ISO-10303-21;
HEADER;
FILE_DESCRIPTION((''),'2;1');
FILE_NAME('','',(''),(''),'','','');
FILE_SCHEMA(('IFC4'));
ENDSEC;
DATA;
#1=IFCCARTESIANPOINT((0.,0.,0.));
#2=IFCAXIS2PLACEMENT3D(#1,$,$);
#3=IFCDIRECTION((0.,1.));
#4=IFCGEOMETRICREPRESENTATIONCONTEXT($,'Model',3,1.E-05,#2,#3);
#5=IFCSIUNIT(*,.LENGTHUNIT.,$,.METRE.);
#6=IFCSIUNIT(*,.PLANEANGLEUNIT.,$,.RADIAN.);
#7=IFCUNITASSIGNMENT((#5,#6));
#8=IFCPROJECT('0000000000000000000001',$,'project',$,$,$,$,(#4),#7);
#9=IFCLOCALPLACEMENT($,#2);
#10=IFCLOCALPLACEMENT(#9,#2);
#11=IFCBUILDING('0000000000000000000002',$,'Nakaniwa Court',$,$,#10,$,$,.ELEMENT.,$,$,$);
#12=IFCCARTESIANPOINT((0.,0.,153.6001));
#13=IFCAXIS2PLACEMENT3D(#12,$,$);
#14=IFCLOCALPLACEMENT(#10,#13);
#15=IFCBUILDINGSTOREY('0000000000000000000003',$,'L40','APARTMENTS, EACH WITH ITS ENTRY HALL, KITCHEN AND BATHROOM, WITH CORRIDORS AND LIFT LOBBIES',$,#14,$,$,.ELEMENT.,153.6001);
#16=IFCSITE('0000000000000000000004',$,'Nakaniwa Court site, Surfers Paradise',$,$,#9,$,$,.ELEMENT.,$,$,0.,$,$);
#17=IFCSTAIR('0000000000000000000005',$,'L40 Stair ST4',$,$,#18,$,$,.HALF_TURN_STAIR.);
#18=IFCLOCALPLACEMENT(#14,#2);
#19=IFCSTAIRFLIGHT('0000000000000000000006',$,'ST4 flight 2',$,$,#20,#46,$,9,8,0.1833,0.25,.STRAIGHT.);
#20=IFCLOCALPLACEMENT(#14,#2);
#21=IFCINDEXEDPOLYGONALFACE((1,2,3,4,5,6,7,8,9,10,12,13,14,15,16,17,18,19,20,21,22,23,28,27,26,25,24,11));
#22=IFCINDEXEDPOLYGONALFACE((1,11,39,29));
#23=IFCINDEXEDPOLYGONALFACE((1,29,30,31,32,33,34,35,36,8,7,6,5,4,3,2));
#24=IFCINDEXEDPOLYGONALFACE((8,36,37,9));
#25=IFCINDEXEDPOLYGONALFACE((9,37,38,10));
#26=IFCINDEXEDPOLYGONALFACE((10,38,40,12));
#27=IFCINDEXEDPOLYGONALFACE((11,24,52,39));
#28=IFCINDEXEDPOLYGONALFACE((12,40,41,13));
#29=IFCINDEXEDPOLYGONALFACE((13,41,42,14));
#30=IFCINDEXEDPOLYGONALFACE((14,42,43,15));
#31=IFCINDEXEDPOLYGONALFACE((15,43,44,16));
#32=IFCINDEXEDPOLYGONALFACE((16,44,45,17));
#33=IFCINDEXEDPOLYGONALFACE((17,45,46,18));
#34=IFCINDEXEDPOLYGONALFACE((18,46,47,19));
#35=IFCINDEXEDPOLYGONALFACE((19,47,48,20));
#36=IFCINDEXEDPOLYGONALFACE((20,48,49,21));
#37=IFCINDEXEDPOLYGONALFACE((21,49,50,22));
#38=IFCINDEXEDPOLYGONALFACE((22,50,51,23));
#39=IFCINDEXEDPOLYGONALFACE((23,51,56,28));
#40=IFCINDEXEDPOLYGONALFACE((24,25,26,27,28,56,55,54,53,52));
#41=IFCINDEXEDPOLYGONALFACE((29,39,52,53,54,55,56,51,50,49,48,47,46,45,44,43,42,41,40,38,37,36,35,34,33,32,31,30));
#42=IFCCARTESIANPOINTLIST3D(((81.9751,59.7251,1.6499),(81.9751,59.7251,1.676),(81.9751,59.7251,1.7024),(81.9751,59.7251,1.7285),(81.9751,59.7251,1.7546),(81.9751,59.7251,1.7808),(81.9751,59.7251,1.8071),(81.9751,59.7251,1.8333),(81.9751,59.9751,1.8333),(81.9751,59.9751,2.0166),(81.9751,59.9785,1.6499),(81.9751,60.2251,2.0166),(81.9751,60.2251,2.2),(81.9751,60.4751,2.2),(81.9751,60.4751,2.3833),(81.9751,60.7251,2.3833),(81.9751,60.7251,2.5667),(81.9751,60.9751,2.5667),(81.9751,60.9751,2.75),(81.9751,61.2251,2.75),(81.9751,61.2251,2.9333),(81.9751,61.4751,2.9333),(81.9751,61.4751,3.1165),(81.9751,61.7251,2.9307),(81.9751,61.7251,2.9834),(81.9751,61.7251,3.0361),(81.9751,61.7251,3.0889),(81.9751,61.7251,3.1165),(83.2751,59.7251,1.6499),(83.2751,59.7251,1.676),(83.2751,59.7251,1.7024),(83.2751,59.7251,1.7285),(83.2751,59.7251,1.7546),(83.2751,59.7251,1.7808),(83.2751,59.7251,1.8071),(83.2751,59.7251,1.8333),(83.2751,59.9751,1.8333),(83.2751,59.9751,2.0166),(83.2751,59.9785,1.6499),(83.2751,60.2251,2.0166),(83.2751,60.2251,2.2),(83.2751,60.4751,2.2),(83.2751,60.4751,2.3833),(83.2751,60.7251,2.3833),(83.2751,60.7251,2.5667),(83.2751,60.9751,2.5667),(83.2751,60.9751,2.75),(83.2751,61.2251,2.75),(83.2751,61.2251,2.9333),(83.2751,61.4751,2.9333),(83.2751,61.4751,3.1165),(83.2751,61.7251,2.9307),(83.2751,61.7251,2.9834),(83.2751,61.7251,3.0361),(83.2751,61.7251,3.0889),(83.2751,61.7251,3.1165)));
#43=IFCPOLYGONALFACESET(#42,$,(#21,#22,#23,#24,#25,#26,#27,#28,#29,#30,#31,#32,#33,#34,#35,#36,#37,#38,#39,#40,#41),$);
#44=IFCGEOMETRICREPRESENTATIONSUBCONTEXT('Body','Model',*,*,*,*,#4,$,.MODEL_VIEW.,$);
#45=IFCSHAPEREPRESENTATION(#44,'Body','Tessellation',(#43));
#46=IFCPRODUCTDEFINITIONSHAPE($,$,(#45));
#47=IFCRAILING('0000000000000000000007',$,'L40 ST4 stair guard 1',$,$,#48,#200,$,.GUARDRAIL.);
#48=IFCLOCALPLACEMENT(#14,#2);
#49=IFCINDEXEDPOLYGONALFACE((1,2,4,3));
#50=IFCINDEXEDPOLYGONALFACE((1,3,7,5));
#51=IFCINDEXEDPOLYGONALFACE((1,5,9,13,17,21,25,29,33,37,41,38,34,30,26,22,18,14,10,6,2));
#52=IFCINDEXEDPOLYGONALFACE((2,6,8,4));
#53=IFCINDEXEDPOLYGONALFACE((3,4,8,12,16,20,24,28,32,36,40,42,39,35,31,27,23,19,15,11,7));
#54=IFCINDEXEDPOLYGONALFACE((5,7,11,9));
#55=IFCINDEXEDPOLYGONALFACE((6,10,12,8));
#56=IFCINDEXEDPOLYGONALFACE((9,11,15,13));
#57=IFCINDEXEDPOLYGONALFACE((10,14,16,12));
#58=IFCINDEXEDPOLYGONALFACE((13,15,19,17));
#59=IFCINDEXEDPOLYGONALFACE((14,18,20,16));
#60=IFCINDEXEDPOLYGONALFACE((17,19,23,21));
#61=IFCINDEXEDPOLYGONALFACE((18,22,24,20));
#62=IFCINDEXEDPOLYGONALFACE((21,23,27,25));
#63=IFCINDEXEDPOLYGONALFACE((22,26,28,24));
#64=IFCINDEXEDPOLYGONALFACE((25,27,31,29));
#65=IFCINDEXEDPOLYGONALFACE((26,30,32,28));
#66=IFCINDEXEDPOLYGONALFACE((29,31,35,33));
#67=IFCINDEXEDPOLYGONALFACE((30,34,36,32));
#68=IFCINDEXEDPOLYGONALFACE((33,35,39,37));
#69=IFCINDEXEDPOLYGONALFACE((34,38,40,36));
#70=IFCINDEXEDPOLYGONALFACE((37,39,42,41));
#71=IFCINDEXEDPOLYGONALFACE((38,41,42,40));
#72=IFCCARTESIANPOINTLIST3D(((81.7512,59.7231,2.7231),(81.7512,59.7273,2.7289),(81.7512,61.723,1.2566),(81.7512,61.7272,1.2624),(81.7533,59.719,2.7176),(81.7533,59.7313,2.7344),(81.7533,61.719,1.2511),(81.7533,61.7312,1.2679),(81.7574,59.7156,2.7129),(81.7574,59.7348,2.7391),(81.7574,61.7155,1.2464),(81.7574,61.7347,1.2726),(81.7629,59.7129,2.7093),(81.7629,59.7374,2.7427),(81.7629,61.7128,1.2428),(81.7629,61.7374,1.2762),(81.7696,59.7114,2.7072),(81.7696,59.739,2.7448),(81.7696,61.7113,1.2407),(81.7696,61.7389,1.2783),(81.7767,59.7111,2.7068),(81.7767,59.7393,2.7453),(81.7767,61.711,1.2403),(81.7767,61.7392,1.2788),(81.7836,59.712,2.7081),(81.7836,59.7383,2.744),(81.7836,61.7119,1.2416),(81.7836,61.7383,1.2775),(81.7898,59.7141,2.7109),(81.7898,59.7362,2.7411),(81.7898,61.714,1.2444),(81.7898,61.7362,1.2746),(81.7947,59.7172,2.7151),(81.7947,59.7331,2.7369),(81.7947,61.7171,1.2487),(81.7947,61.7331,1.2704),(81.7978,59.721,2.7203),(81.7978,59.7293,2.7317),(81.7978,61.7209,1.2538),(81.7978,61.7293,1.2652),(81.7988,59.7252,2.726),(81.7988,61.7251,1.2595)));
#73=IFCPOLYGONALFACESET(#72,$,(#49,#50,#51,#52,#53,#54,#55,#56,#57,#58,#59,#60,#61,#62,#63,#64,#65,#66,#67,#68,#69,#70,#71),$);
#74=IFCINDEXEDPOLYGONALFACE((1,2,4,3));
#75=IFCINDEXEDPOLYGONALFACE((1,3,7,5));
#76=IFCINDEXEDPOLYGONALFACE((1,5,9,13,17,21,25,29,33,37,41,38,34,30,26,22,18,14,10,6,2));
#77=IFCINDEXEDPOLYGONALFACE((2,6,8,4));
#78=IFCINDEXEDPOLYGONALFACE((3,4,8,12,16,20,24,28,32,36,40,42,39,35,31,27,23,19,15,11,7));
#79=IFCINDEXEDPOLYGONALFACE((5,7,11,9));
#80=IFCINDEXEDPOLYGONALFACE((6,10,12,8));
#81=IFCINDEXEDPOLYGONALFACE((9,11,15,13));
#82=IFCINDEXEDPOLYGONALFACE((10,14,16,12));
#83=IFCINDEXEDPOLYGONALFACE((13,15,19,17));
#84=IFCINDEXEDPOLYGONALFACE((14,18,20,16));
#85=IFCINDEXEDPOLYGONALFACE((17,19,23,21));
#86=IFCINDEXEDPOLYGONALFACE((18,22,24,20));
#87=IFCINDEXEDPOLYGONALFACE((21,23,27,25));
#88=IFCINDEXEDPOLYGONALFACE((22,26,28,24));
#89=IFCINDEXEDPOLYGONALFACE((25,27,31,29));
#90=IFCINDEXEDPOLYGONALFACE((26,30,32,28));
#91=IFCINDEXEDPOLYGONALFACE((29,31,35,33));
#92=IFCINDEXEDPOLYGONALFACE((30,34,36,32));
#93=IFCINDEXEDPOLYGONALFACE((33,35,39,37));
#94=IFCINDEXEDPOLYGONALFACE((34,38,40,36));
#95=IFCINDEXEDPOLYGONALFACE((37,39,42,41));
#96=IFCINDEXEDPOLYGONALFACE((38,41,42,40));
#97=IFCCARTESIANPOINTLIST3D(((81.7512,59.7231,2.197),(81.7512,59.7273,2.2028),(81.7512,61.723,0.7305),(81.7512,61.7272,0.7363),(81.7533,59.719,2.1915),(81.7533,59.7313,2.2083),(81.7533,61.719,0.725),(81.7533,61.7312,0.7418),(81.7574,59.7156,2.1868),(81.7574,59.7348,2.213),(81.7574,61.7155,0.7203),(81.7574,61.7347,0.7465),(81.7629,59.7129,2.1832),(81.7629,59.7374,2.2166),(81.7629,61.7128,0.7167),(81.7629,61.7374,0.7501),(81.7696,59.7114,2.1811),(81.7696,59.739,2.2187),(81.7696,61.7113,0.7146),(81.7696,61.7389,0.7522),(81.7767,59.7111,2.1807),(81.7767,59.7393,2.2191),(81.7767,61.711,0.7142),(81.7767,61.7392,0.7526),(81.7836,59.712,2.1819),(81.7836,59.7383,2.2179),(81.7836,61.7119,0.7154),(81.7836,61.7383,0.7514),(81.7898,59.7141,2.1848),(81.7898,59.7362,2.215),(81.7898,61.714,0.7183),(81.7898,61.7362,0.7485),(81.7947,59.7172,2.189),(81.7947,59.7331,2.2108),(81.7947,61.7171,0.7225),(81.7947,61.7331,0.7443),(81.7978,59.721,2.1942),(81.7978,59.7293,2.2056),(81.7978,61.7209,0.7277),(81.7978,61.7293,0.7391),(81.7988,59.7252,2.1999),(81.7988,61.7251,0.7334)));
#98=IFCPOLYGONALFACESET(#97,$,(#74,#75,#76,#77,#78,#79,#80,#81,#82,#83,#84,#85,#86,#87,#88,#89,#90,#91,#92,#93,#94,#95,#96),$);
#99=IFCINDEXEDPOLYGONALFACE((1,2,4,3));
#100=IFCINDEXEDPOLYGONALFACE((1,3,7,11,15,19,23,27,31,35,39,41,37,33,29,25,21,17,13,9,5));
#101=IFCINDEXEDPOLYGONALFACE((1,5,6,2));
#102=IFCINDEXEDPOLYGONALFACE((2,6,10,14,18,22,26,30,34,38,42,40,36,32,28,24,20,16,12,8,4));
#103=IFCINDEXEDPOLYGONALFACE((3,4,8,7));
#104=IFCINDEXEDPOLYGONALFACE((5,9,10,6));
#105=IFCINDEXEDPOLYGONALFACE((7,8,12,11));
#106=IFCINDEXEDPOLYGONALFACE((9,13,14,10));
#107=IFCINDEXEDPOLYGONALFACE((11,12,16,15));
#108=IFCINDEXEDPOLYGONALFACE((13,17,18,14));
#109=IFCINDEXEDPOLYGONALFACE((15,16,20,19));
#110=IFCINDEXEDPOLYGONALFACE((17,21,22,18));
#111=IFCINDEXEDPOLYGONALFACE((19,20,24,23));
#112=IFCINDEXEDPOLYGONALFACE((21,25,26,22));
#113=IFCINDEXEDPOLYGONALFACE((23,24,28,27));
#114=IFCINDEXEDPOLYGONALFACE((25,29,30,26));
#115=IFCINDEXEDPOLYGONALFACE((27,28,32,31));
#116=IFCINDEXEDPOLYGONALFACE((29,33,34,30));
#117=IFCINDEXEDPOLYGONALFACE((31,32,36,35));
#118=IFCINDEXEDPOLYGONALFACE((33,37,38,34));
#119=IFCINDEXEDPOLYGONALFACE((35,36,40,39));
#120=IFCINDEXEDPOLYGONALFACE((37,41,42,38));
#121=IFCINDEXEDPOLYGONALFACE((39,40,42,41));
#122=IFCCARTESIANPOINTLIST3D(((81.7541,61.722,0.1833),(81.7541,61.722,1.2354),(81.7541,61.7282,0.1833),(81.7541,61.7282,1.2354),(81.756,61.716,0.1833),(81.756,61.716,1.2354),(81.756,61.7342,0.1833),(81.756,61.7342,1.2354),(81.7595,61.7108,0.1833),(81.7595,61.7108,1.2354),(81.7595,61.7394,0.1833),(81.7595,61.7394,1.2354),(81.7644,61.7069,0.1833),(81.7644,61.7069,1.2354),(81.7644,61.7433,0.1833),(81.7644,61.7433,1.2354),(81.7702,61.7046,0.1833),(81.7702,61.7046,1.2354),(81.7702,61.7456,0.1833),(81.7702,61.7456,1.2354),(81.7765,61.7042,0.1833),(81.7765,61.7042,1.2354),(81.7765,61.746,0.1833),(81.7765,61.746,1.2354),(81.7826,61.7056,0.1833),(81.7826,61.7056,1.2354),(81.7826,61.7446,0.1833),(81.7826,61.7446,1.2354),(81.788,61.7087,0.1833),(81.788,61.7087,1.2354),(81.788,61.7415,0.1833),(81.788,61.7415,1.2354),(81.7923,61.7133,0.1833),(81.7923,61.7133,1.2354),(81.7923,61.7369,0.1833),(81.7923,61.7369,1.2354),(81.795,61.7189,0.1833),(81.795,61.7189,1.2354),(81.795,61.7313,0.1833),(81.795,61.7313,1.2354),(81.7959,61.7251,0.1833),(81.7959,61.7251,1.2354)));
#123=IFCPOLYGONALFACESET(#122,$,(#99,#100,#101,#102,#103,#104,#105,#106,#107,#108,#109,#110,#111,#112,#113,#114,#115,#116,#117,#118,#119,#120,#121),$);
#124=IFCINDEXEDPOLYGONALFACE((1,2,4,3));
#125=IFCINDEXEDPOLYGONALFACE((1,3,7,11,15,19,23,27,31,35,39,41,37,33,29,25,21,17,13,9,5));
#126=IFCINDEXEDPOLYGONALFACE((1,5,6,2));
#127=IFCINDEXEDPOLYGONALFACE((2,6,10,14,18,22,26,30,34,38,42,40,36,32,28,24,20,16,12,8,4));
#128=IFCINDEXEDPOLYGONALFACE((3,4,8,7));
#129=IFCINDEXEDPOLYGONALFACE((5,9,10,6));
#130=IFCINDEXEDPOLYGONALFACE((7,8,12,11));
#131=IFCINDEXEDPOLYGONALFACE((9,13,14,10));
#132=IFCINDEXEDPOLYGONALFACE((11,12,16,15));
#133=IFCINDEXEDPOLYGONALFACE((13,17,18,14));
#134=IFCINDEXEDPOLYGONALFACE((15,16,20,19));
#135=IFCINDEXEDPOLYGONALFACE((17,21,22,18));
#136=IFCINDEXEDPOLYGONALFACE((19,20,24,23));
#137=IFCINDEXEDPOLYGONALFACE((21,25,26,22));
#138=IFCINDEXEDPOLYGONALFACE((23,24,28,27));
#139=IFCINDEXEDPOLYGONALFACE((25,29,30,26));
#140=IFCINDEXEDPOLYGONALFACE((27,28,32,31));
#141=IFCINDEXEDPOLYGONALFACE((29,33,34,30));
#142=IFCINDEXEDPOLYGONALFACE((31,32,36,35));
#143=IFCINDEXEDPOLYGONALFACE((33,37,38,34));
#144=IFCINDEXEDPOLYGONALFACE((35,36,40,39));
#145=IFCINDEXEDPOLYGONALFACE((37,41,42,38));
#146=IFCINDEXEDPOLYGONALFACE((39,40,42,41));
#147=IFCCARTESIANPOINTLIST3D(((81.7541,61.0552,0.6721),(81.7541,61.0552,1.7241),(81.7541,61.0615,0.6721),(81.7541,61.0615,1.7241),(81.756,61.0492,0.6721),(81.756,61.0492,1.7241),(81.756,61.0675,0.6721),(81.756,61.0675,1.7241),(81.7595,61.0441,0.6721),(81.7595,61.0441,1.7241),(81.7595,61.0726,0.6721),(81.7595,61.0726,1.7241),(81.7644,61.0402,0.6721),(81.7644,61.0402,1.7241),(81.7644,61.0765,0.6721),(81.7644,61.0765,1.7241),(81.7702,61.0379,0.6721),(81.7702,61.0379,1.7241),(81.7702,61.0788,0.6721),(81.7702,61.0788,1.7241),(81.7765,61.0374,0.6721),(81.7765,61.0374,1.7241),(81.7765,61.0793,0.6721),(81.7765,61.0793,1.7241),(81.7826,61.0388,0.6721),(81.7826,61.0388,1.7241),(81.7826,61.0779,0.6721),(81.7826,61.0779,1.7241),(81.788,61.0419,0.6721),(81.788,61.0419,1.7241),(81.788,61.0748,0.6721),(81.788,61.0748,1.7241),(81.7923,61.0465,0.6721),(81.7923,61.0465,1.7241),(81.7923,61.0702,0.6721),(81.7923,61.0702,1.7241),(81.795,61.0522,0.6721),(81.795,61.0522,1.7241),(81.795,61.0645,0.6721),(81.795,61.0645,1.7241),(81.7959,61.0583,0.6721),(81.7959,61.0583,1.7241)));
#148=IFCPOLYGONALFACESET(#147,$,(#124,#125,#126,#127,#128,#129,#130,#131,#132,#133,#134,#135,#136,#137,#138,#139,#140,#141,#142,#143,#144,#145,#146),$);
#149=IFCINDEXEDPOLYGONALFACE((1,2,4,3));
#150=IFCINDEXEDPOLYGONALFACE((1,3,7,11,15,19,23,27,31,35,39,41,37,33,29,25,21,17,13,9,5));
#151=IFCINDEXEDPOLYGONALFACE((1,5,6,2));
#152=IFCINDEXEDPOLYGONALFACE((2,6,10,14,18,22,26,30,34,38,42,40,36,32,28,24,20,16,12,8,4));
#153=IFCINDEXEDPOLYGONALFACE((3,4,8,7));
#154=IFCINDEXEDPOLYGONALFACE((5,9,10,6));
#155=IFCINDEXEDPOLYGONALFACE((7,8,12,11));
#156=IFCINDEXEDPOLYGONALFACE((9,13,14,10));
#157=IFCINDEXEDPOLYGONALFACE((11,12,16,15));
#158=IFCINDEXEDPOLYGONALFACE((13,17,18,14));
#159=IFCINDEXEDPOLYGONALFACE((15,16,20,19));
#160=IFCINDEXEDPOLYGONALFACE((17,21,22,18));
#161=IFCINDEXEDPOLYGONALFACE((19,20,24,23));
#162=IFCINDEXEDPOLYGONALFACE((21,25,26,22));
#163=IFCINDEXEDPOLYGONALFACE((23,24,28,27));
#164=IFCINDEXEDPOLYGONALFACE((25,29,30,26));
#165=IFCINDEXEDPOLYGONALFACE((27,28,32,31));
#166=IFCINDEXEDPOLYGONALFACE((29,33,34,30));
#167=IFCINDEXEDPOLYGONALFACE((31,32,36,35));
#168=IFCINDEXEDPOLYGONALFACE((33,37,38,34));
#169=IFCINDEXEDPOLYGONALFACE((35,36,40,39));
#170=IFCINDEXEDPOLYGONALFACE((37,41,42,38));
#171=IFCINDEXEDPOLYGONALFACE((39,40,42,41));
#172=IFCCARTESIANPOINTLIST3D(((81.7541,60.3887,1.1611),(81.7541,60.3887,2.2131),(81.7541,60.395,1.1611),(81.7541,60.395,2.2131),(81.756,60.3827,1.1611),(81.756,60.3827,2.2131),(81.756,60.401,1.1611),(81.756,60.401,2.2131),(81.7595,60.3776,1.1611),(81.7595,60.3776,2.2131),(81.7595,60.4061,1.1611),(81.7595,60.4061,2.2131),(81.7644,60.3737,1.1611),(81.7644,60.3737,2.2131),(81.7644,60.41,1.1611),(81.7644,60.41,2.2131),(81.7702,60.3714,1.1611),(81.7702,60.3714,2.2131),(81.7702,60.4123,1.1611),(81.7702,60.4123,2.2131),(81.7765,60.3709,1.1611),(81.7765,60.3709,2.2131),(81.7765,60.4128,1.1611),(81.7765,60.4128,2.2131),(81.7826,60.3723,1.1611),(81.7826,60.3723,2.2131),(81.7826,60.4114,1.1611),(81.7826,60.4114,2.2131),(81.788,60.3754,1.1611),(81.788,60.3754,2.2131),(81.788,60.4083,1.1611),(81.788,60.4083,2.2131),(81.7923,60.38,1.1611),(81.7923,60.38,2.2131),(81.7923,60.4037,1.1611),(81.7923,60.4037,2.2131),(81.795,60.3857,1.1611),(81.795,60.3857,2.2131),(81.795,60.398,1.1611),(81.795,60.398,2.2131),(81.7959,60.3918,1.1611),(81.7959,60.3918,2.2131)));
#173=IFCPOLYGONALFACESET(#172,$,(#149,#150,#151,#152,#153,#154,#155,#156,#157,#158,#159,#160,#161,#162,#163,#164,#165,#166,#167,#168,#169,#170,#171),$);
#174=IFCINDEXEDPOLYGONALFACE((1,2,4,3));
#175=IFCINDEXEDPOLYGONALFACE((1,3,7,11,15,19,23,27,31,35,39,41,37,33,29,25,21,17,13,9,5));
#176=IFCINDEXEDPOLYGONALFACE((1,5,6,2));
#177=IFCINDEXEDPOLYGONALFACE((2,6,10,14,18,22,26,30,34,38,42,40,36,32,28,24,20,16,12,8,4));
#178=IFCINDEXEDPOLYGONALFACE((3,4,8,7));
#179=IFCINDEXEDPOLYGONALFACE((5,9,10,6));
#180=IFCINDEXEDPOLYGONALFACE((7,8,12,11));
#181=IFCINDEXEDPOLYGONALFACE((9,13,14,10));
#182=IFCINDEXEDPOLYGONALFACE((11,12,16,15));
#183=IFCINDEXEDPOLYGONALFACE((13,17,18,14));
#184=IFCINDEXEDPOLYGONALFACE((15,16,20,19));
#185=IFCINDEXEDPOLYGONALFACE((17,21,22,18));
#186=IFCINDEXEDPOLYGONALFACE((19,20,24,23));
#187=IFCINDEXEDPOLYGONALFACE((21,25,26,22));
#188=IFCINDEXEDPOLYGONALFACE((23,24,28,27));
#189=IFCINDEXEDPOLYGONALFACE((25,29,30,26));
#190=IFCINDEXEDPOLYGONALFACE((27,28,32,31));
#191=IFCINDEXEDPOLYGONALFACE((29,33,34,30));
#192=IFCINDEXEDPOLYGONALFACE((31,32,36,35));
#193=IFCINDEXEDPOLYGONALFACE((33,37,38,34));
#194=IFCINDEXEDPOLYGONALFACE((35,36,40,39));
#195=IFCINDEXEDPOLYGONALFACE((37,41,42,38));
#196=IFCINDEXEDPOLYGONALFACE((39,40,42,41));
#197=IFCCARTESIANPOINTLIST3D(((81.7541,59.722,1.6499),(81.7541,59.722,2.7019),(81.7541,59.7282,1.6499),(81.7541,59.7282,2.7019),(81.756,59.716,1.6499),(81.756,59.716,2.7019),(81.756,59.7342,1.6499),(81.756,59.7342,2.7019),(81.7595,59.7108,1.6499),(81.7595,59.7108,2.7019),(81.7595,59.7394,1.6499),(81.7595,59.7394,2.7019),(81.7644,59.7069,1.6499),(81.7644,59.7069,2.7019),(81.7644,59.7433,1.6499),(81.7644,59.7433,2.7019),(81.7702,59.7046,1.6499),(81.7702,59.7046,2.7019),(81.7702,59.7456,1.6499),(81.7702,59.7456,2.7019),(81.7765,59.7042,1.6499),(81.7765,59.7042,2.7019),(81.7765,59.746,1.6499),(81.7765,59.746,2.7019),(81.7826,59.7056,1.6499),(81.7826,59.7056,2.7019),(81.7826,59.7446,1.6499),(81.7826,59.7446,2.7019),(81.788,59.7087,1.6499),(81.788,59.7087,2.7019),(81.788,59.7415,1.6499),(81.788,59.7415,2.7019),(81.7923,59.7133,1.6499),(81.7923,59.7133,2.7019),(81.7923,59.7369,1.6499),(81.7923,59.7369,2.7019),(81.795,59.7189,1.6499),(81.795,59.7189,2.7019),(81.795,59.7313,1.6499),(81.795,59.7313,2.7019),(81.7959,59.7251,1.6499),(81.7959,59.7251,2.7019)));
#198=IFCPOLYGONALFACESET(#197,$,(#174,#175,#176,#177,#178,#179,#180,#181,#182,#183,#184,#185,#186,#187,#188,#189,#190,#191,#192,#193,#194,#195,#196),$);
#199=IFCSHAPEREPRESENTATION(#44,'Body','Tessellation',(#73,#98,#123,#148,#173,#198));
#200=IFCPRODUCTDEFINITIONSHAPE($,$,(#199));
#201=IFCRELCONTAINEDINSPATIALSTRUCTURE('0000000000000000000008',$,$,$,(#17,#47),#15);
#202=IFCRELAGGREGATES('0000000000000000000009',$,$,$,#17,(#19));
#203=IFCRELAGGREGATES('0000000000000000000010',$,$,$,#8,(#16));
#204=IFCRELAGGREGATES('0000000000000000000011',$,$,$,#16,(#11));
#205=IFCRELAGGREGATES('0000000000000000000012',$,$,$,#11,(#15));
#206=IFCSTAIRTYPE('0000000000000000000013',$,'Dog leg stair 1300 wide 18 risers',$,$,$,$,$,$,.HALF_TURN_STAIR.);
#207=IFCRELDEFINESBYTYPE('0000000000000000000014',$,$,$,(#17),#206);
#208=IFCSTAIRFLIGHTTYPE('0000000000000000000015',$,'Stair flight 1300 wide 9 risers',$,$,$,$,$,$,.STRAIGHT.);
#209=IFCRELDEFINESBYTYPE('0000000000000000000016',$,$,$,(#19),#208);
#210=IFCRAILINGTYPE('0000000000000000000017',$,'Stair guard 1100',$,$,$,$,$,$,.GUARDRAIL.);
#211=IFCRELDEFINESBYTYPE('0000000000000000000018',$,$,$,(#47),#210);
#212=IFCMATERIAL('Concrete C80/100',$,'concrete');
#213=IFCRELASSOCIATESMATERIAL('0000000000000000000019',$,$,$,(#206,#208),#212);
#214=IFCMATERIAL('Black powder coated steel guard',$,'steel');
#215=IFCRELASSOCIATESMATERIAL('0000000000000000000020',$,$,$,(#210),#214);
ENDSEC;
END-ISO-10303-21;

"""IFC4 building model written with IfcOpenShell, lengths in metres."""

from ifc_helpers import new_model, si_unit, direction, frame, origin, origin_2d, place, context, subcontext, project, spatial, polyline, circle, outline, extrude, material, type_object, element, aggregate, save


model = new_model("IFC4")

# Units and contexts
model_context = context("Model", 3, precision=1e-05, world=origin(), true_north=direction((0.0, 1.0)))
body_context = subcontext(model_context, "Body", "Model", "MODEL_VIEW")
ifc_project = project(units=[si_unit("LENGTHUNIT", "METRE"), si_unit("PLANEANGLEUNIT", "RADIAN")], contexts=[model_context])

# Site, building, storey
site_placement = place(None, origin())
site = spatial("IfcSite", under=ifc_project, at=site_placement, Name="Nakaniwa Court site, Surfers Paradise", CompositionType="ELEMENT", RefElevation=0.0)
building_placement = place(site_placement, origin())
building = spatial("IfcBuilding", under=site, at=building_placement, Name="Nakaniwa Court", CompositionType="ELEMENT")
storey_placement = place(building_placement, frame((0.0, 0.0, 153.6001)))
storey = spatial("IfcBuildingStorey", under=building, at=storey_placement, Name="L40", Description="APARTMENTS, EACH WITH ITS ENTRY HALL, KITCHEN AND BATHROOM, WITH CORRIDORS AND LIFT LOBBIES", CompositionType="ELEMENT", Elevation=153.6001)

# Shared definitions
ifc_material_1 = material(Name="Concrete C80/100", Category="concrete")

# Stair, stair flight
stair_type = type_object("IfcStairType", Name="Dog leg stair 1300 wide 18 risers", PredefinedType="HALF_TURN_STAIR", material=ifc_material_1)
stair_placement = place(storey_placement, origin())
stair = element("IfcStair", 1, at=stair_placement, inside=storey, type_object=stair_type, Name="L40 Stair ST4", PredefinedType="HALF_TURN_STAIR")
stair_flight_type = type_object("IfcStairFlightType", Name="Stair flight 1300 wide 9 risers", PredefinedType="STRAIGHT", material=ifc_material_1)
stair_flight_1_placement = place(storey_placement, frame((82.625, 59.7251, 1.6499), z_axis=(0.0, 0.0, 1.0), x_axis=(0.0, 1.0, 0.0)))
stair_flight_1 = element("IfcStairFlight", 2, at=stair_flight_1_placement, type_object=stair_flight_type, Name="ST4 flight 2", NumberOfRisers=9, NumberOfTreads=8, PredefinedType="STRAIGHT", RiserHeight=0.1833, TreadLength=0.25, context=body_context, shape_type="SweptSolid", body=[
    extrude(outline(polyline([(0.0, 0.0), (0.0, 0.0261), (0.0, 0.0525), (0.0, 0.0786), (0.0, 0.1047), (0.0, 0.1309), (0.0, 0.1572), (0.0, 0.1833), (0.25, 0.1833), (0.25, 0.3667), (0.5, 0.3667), (0.5, 0.55), (0.75, 0.55), (0.75, 0.7334), (1.0, 0.7334), (1.0, 0.9167), (1.25, 0.9167), (1.25, 1.1001), (1.5, 1.1001), (1.5, 1.2834), (1.75, 1.2834), (1.75, 1.4666), (2.0, 1.4666), (2.0, 1.6499), (2.0, 1.5972), (2.0, 1.5444), (2.0, 1.4917), (2.0, 1.439), (2.0, 1.3862), (2.0, 1.3335), (2.0, 1.2808), (0.2534, 0.0), (0.0, 0.0)])), frame((0.0, 0.6499, 0.0), z_axis=(0.0, -1.0, 0.0), x_axis=(1.0, 0.0, 0.0)), (0.0, 0.0, 1.0), 1.3),
])
aggregate(stair, [stair_flight_1])

# Railing
ifc_material_2 = material(Name="Black powder coated steel guard", Category="steel")
railing_type_1 = type_object("IfcRailingType", Name="Stair guard 1100", PredefinedType="GUARDRAIL", material=ifc_material_2)
railing_1_placement = place(storey_placement, frame((81.7749, 61.7251, 0.1833)))
element("IfcRailing", 3, at=railing_1_placement, inside=storey, type_object=railing_type_1, Name="L40 ST4 stair guard 1", PredefinedType="GUARDRAIL", context=body_context, shape_type="SweptSolid", body=[
    extrude(circle(Radius=0.0239, at=origin_2d()), frame((0.0, 0.0, 1.0762), z_axis=(0.0, -0.806427, 0.591334), x_axis=(1.0, 0.0, 0.0)), (0.0, 0.0, 1.0), 2.48),
    extrude(circle(Radius=0.0239, at=origin_2d()), frame((0.0, 0.0, 0.55), z_axis=(0.0, -0.806427, 0.591334), x_axis=(1.0, 0.0, 0.0)), (0.0, 0.0, 1.0), 2.48),
    extrude(circle(Radius=0.021, at=origin_2d()), origin(), (0.0, 0.0, 1.0), 1.052),
    extrude(circle(Radius=0.021, at=origin_2d()), frame((0.0, -0.6667, 0.4888)), (0.0, 0.0, 1.0), 1.052),
    extrude(circle(Radius=0.021, at=origin_2d()), frame((0.0, -1.3333, 0.9778)), (0.0, 0.0, 1.0), 1.052),
    extrude(circle(Radius=0.021, at=origin_2d()), frame((0.0, -2.0, 1.4666)), (0.0, 0.0, 1.0), 1.052),
])

save(model, "model.ifc")
